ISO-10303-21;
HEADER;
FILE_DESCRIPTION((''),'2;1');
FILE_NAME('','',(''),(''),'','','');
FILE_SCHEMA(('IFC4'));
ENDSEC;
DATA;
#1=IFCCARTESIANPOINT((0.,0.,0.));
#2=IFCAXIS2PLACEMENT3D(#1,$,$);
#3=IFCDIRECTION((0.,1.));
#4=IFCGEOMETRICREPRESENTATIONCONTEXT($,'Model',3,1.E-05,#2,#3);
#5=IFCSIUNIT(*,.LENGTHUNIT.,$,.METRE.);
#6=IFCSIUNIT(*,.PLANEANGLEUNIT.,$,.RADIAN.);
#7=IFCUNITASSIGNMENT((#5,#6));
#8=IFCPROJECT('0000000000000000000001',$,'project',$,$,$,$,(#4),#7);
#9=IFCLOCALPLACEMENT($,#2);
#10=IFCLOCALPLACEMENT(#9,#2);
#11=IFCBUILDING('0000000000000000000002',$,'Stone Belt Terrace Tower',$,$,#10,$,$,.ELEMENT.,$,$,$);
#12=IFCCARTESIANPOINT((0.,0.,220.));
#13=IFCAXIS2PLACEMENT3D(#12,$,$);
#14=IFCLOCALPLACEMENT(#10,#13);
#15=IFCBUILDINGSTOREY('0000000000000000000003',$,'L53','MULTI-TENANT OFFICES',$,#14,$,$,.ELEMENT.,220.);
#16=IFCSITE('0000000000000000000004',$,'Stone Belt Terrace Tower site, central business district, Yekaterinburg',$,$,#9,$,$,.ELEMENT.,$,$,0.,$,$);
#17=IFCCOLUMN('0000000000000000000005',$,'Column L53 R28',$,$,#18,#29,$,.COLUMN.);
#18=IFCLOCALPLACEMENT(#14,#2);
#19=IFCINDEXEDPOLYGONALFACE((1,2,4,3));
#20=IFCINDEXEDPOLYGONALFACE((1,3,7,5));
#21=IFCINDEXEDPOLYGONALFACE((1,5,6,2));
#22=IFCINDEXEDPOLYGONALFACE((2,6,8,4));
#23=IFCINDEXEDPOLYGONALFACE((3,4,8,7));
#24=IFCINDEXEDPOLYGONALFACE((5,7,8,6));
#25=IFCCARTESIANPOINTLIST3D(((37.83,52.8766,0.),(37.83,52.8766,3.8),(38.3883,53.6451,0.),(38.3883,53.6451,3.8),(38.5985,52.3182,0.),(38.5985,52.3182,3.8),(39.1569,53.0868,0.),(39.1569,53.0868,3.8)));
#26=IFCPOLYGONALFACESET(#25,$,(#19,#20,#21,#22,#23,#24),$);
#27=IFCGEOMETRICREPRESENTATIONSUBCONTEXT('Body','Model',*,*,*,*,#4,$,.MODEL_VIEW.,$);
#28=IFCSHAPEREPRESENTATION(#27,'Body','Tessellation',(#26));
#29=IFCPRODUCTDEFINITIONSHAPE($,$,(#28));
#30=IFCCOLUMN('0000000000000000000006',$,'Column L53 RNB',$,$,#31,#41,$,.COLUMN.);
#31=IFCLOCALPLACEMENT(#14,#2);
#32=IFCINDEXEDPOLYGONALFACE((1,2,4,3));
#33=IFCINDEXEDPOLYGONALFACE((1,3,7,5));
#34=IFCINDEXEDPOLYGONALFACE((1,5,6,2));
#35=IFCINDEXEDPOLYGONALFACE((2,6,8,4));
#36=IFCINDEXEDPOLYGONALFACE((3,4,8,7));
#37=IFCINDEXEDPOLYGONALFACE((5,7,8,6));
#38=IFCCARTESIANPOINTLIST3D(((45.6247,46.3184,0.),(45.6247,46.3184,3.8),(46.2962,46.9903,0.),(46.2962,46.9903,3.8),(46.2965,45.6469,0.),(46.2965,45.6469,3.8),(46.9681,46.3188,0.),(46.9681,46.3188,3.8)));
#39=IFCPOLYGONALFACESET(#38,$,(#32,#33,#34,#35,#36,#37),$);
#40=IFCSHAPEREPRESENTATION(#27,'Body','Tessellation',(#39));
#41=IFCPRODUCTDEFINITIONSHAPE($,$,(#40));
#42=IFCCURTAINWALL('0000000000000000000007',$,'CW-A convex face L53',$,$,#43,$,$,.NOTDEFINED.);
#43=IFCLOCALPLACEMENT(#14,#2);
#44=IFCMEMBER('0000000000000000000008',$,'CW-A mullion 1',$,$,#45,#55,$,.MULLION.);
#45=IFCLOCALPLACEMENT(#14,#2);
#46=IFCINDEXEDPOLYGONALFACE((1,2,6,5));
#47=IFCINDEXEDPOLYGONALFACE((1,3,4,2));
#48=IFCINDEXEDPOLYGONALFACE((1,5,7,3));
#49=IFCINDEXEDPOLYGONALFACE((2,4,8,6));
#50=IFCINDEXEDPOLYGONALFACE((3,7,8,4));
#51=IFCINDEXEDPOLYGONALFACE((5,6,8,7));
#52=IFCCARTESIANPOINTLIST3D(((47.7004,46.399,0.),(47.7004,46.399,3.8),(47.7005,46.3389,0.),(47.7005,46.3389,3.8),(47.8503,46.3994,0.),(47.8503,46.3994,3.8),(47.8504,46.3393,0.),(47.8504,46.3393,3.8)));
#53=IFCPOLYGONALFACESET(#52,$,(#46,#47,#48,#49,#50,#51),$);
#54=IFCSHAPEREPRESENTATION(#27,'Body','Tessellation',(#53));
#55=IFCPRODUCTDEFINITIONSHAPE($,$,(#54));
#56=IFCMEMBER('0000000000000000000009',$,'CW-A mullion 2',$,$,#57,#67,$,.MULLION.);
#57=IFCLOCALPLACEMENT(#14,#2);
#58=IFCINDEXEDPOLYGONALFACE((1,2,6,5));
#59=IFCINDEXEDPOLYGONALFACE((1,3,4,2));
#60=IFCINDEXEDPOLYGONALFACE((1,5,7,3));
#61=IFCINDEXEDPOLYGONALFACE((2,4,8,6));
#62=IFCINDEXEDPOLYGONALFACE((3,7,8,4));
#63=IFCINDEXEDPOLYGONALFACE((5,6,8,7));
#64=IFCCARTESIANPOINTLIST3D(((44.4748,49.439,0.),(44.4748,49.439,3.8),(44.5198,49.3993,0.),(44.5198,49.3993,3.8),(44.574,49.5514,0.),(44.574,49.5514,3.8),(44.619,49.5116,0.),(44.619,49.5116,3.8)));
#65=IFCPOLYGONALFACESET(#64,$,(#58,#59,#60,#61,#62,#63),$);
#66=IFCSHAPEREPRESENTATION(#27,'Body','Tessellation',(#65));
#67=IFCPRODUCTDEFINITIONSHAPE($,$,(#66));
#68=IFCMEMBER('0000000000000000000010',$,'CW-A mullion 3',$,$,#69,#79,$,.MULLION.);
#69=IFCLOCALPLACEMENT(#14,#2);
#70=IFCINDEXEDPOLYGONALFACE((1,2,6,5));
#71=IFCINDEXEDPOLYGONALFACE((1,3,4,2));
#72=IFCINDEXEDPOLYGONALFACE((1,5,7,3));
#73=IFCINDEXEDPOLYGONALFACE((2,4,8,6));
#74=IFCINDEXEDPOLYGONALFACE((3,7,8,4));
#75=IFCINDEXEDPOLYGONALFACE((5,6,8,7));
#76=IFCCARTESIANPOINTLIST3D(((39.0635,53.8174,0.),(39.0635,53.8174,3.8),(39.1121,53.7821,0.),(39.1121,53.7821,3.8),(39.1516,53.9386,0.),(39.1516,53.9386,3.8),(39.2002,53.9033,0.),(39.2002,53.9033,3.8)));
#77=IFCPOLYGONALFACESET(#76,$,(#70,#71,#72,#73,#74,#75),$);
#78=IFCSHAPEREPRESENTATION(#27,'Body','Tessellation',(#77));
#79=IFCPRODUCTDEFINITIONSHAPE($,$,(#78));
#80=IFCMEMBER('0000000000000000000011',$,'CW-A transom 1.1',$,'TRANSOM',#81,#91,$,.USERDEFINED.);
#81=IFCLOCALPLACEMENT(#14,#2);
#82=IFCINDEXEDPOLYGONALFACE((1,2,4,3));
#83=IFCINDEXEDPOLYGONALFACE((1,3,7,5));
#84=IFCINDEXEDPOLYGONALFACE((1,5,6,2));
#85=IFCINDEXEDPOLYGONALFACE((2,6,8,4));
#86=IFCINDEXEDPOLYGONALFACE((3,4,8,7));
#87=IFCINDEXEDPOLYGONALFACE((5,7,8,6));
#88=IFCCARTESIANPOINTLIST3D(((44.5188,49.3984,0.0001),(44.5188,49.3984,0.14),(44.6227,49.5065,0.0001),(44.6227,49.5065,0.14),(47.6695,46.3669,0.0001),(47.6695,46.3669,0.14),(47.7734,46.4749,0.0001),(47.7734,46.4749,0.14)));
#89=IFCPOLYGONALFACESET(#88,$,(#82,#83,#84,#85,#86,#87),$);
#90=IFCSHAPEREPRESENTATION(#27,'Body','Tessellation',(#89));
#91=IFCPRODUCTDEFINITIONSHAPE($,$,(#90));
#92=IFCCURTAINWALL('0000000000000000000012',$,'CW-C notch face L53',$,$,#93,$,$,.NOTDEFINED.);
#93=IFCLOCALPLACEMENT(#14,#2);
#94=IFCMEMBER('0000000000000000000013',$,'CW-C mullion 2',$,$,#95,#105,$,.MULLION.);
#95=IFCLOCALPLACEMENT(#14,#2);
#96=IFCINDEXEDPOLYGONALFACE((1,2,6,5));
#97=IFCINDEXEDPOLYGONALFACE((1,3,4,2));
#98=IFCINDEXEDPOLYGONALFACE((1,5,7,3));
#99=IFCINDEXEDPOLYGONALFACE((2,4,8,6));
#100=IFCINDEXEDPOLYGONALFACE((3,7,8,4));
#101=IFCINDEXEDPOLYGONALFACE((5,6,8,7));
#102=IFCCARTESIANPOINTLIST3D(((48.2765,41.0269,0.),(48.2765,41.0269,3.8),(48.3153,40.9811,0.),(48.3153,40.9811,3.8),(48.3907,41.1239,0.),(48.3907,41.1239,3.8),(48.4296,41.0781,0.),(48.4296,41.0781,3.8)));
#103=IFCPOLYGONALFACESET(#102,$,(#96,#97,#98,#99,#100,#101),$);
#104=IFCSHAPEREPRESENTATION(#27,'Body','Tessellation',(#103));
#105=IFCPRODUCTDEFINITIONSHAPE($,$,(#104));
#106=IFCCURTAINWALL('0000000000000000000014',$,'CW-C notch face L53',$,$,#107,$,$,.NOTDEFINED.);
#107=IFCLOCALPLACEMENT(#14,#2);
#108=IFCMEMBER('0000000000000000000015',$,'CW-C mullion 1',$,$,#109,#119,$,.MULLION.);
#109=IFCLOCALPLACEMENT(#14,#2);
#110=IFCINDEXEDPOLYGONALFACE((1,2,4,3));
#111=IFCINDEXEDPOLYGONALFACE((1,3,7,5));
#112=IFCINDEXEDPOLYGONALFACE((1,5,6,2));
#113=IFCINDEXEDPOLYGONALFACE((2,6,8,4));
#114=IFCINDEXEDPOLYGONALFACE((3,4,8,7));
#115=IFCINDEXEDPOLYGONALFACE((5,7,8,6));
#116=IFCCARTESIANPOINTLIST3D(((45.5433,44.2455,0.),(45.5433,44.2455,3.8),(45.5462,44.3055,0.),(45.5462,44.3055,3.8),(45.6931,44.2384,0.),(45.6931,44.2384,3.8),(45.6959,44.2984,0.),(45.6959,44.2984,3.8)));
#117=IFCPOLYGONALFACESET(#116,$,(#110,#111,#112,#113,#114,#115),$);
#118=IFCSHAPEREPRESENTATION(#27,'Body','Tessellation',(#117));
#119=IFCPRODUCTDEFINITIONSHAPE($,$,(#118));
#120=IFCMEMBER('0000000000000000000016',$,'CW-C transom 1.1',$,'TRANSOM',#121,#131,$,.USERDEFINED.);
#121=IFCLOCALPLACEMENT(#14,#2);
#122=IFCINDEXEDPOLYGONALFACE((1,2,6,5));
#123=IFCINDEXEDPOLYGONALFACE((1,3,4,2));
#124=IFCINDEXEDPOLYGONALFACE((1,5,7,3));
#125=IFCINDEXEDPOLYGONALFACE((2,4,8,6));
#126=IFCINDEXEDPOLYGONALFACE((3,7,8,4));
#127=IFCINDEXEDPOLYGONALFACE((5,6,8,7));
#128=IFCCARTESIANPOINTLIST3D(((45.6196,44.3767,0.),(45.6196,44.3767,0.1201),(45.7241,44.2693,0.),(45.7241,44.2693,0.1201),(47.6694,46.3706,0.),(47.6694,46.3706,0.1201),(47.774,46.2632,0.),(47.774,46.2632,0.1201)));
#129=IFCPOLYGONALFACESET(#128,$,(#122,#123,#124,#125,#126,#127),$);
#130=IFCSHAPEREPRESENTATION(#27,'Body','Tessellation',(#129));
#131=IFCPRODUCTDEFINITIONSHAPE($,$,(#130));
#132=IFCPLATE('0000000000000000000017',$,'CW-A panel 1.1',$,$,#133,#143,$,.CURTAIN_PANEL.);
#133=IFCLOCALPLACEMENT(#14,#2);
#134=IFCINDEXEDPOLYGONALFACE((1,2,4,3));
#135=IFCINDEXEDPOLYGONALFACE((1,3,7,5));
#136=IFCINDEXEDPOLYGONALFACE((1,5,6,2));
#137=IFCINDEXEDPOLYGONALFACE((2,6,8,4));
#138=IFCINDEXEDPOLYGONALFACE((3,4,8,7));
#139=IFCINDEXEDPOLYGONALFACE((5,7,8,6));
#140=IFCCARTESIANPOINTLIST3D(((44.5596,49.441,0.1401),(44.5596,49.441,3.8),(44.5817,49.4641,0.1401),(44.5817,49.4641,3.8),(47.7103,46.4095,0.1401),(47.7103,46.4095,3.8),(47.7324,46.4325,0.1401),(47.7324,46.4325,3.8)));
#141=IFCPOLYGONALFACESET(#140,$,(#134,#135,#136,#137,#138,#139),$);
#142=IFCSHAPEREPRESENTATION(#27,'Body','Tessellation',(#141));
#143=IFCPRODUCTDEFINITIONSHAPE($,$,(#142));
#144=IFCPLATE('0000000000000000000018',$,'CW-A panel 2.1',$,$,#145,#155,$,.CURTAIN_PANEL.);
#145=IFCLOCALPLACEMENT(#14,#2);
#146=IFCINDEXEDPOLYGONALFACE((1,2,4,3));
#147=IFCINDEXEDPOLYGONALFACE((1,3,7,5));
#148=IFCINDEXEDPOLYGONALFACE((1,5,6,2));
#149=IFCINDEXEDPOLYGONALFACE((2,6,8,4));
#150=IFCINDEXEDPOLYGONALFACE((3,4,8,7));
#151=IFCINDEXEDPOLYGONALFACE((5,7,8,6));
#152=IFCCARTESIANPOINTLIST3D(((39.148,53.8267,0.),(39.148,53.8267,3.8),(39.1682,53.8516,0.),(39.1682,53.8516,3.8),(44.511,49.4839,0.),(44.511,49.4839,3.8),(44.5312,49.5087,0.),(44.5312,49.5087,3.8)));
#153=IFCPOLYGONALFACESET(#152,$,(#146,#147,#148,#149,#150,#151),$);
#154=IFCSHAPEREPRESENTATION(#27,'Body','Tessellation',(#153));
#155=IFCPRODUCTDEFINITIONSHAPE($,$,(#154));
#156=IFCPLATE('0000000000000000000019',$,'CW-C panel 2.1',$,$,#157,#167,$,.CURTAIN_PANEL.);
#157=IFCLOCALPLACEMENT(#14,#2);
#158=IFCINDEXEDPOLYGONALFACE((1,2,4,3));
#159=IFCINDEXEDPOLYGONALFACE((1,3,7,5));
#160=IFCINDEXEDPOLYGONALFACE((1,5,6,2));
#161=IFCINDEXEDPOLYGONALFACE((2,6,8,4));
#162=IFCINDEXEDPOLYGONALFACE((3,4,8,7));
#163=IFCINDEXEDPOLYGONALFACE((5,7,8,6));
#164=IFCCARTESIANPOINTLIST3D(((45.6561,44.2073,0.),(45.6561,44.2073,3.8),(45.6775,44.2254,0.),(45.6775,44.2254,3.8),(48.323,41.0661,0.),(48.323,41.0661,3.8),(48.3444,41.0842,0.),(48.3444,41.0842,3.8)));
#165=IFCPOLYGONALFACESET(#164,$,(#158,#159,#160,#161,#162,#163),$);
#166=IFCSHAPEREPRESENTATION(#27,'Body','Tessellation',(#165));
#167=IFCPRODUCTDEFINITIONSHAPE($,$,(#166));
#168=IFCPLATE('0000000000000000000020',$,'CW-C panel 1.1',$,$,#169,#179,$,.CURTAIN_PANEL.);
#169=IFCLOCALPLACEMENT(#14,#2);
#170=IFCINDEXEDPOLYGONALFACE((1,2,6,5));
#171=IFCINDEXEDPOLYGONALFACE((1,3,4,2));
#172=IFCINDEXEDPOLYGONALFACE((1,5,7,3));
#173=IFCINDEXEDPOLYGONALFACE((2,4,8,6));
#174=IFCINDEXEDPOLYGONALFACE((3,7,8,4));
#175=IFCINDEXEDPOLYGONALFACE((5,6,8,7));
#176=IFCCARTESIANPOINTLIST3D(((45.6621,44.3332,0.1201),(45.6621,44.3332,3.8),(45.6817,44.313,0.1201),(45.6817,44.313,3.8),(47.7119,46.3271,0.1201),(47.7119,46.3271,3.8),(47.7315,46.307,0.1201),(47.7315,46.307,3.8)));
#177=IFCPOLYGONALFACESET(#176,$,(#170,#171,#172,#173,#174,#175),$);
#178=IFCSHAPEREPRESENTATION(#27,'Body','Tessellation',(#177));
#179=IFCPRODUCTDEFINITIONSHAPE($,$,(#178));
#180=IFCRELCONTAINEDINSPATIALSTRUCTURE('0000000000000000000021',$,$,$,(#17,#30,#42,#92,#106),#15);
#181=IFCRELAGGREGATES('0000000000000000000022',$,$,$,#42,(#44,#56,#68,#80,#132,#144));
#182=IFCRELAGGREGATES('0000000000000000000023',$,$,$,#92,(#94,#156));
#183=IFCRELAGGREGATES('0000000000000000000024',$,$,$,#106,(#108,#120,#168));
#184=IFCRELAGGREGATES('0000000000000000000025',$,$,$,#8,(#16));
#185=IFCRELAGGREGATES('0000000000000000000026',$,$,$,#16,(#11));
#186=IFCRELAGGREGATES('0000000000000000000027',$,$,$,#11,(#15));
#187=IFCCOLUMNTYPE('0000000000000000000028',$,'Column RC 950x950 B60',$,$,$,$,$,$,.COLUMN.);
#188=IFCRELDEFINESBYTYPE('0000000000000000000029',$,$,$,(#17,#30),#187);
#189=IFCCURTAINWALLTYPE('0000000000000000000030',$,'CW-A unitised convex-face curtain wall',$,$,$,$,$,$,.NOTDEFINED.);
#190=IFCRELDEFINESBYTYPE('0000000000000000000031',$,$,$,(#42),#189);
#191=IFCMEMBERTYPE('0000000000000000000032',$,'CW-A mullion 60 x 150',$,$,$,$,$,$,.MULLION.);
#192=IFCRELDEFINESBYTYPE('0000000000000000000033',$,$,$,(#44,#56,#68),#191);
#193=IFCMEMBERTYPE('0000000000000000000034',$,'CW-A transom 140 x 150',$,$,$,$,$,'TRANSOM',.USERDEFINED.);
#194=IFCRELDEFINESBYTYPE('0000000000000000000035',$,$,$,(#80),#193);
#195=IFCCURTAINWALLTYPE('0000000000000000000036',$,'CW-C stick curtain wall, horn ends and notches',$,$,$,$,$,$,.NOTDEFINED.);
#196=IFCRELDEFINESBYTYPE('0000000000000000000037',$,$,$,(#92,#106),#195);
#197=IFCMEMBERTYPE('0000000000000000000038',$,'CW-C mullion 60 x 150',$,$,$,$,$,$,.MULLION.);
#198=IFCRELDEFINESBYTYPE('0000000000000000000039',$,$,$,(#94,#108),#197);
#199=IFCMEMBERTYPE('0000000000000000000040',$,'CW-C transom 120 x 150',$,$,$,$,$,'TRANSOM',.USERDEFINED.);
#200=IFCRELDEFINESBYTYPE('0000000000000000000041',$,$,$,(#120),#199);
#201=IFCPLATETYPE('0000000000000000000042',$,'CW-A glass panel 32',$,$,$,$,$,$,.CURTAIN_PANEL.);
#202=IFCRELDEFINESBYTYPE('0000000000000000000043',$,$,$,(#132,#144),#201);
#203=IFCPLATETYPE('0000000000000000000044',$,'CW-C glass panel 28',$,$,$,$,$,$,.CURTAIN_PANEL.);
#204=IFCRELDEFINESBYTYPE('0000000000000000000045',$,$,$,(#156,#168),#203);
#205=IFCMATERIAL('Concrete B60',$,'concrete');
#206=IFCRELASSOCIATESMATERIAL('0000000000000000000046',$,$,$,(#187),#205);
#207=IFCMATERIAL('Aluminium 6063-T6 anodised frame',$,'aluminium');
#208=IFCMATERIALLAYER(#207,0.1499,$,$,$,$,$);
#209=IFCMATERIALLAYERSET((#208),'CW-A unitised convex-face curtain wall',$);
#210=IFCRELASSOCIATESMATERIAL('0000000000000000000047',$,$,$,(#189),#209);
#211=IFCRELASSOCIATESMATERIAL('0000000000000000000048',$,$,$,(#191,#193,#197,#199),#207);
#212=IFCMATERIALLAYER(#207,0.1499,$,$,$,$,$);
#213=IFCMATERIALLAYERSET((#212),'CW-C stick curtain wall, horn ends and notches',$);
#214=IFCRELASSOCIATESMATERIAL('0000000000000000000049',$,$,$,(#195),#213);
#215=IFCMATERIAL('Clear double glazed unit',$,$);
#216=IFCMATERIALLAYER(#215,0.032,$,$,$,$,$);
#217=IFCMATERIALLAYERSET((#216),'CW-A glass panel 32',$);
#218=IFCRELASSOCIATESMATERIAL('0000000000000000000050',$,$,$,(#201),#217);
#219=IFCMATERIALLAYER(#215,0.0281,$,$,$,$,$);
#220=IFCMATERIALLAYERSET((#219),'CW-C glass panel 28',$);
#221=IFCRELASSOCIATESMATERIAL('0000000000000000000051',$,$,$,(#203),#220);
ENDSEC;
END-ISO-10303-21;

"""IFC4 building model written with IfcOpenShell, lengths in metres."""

from ifc_helpers import new_model, si_unit, direction, frame, origin, origin_2d, place, context, subcontext, project, spatial, rectangle, extrude, material, layer, layer_set, material_profile, profile_set, type_object, element, aggregate, save


model = new_model("IFC4")

# Units and contexts
model_context = context("Model", 3, precision=1e-05, world=origin(), true_north=direction((0.0, 1.0)))
body_context = subcontext(model_context, "Body", "Model", "MODEL_VIEW")
ifc_project = project(units=[si_unit("LENGTHUNIT", "METRE"), si_unit("PLANEANGLEUNIT", "RADIAN")], contexts=[model_context])

# Site, building, storey
site_placement = place(None, origin())
site = spatial("IfcSite", under=ifc_project, at=site_placement, Name="Stone Belt Terrace Tower site, central business district, Yekaterinburg", CompositionType="ELEMENT", RefElevation=0.0)
building_placement = place(site_placement, origin())
building = spatial("IfcBuilding", under=site, at=building_placement, Name="Stone Belt Terrace Tower", CompositionType="ELEMENT")
storey_placement = place(building_placement, frame((0.0, 0.0, 220.0)))
storey = spatial("IfcBuildingStorey", under=building, at=storey_placement, Name="L53", Description="MULTI-TENANT OFFICES", CompositionType="ELEMENT", Elevation=220.0)

# Columns
ifc_material_1 = material(Name="Concrete B60", Category="concrete")
ifc_material_profile_1 = material_profile(ifc_material_1, rectangle(XDim=0.95, YDim=0.95, at=origin_2d()), Name="RC 950x950")
ifc_profile_set_1 = profile_set([ifc_material_profile_1], Name="Concrete B60")
column_type = type_object("IfcColumnType", Name="Column RC 950x950 B60", PredefinedType="COLUMN", material=ifc_profile_set_1)
for number, where, z_axis, x_axis, name in (
    (1, (38.4934, 52.9817, 0.0), (0.0, 0.0, 1.0), (0.809017, -0.587785, 0.0), "Column L53 R28"),
    (2, (46.2964, 46.3186, 0.0), (0.0, 0.0, 1.0), (0.707276, -0.706938, 0.0), "Column L53 RNB"),
):
    element("IfcColumn", number, at=place(storey_placement, frame(where, z_axis=z_axis, x_axis=x_axis)), inside=storey, type_object=column_type, Name=name, PredefinedType="COLUMN", context=body_context, shape_type="SweptSolid", body=[
        extrude(rectangle(XDim=0.95, YDim=0.95, at=origin_2d()), origin(), (0.0, 0.0, 1.0), 3.8),
    ])

# Curtain wall, members
ifc_material_2 = material(Name="Aluminium 6063-T6 anodised frame", Category="aluminium")
ifc_layer_1 = layer(ifc_material_2, 0.1499)
ifc_layer_set_1 = layer_set([ifc_layer_1], Name="CW-A unitised convex-face curtain wall")
curtain_wall_type_1 = type_object("IfcCurtainWallType", Name="CW-A unitised convex-face curtain wall", PredefinedType="NOTDEFINED", material=ifc_layer_set_1)
curtain_wall_1_placement = place(storey_placement, origin())
curtain_wall_1 = element("IfcCurtainWall", 3, at=curtain_wall_1_placement, inside=storey, type_object=curtain_wall_type_1, Name="CW-A convex face L53", PredefinedType="NOTDEFINED")
ifc_material_profile_2 = material_profile(ifc_material_2, rectangle(XDim=0.1499, YDim=0.0601, at=origin_2d()), Name="Aluminium 6063-T6 60x150")
ifc_profile_set_2 = profile_set([ifc_material_profile_2], Name="Aluminium 6063-T6 anodised frame")
member_type_1 = type_object("IfcMemberType", Name="CW-A mullion 60 x 150", PredefinedType="MULLION", material=ifc_profile_set_2)
member_1_placement = place(storey_placement, frame((47.7754, 46.3691, 0.0), z_axis=(0.0, 0.0, 1.0), x_axis=(-0.999996, -0.002733, 0.0)))
member_1 = element("IfcMember", 4, at=member_1_placement, type_object=member_type_1, Name="CW-A mullion 1", PredefinedType="MULLION", context=body_context, shape_type="SweptSolid", body=[
    extrude(rectangle(XDim=0.1499, YDim=0.0601, at=origin_2d()), origin(), (0.0, 0.0, 1.0), 3.8),
])
member_2_placement = place(storey_placement, frame((44.5469, 49.4753, 0.0), z_axis=(0.0, 0.0, 1.0), x_axis=(-0.661937, -0.749559, 0.0)))
member_2 = element("IfcMember", 5, at=member_2_placement, type_object=member_type_1, Name="CW-A mullion 2", PredefinedType="MULLION", context=body_context, shape_type="SweptSolid", body=[
    extrude(rectangle(XDim=0.1499, YDim=0.0601, at=origin_2d()), origin(), (0.0, 0.0, 1.0), 3.8),
])
member_3_placement = place(storey_placement, frame((39.1318, 53.8604, 0.0), z_axis=(0.0, 0.0, 1.0), x_axis=(-0.587785, -0.809017, 0.0)))
member_3 = element("IfcMember", 6, at=member_3_placement, type_object=member_type_1, Name="CW-A mullion 3", PredefinedType="MULLION", context=body_context, shape_type="SweptSolid", body=[
    extrude(rectangle(XDim=0.1499, YDim=0.0601, at=origin_2d()), origin(), (0.0, 0.0, 1.0), 3.8),
])
ifc_material_profile_3 = material_profile(ifc_material_2, rectangle(XDim=0.1499, YDim=0.1399, at=origin_2d()), Name="Aluminium 6063-T6 150x140")
ifc_profile_set_3 = profile_set([ifc_material_profile_3], Name="Aluminium 6063-T6 anodised frame")
member_type_2 = type_object("IfcMemberType", Name="CW-A transom 140 x 150", ElementType="TRANSOM", PredefinedType="USERDEFINED", material=ifc_profile_set_3)
member_4_placement = place(storey_placement, frame((47.7214, 46.4209, 0.0701), z_axis=(-0.7206, 0.693351, 0.0), x_axis=(-0.693351, -0.7206, 0.0)))
member_4 = element("IfcMember", 7, at=member_4_placement, type_object=member_type_2, Name="CW-A transom 1.1", ObjectType="TRANSOM", PredefinedType="USERDEFINED", context=body_context, shape_type="SweptSolid", body=[
    extrude(rectangle(XDim=0.1499, YDim=0.1399, at=origin_2d()), origin(), (0.0, 0.0, 1.0), 4.3723),
])

# Curtain wall, member
ifc_layer_2 = layer(ifc_material_2, 0.1499)
ifc_layer_set_2 = layer_set([ifc_layer_2], Name="CW-C stick curtain wall, horn ends and notches")
curtain_wall_type_2 = type_object("IfcCurtainWallType", Name="CW-C stick curtain wall, horn ends and notches", PredefinedType="NOTDEFINED", material=ifc_layer_set_2)
curtain_wall_2_placement = place(storey_placement, origin())
curtain_wall_2 = element("IfcCurtainWall", 8, at=curtain_wall_2_placement, inside=storey, type_object=curtain_wall_type_2, Name="CW-C notch face L53", PredefinedType="NOTDEFINED")
ifc_material_profile_4 = material_profile(ifc_material_2, rectangle(XDim=0.1499, YDim=0.0601, at=origin_2d()), Name="Aluminium 6063-T6 60x150")
ifc_profile_set_4 = profile_set([ifc_material_profile_4], Name="Aluminium 6063-T6 anodised frame")
member_type_3 = type_object("IfcMemberType", Name="CW-C mullion 60 x 150", PredefinedType="MULLION", material=ifc_profile_set_4)
member_5_placement = place(storey_placement, frame((48.353, 41.0525, 0.0), z_axis=(0.0, 0.0, 1.0), x_axis=(-0.762311, -0.647211, 0.0)))
member_5 = element("IfcMember", 9, at=member_5_placement, type_object=member_type_3, Name="CW-C mullion 2", PredefinedType="MULLION", context=body_context, shape_type="SweptSolid", body=[
    extrude(rectangle(XDim=0.1499, YDim=0.0601, at=origin_2d()), origin(), (0.0, 0.0, 1.0), 3.8),
])

# Curtain wall, members
curtain_wall_3_placement = place(storey_placement, origin())
curtain_wall_3 = element("IfcCurtainWall", 10, at=curtain_wall_3_placement, inside=storey, type_object=curtain_wall_type_2, Name="CW-C notch face L53", PredefinedType="NOTDEFINED")
member_6_placement = place(storey_placement, frame((45.6196, 44.272, 0.0), z_axis=(0.0, 0.0, 1.0), x_axis=(-0.998865, 0.047626, 0.0)))
member_6 = element("IfcMember", 11, at=member_6_placement, type_object=member_type_3, Name="CW-C mullion 1", PredefinedType="MULLION", context=body_context, shape_type="SweptSolid", body=[
    extrude(rectangle(XDim=0.1499, YDim=0.0601, at=origin_2d()), origin(), (0.0, 0.0, 1.0), 3.8),
])
ifc_material_profile_5 = material_profile(ifc_material_2, rectangle(XDim=0.1499, YDim=0.1201, at=origin_2d()), Name="Aluminium 6063-T6 150x120")
ifc_profile_set_5 = profile_set([ifc_material_profile_5], Name="Aluminium 6063-T6 anodised frame")
member_type_4 = type_object("IfcMemberType", Name="CW-C transom 120 x 150", ElementType="TRANSOM", PredefinedType="USERDEFINED", material=ifc_profile_set_5)
member_7_placement = place(storey_placement, frame((45.6719, 44.323, 0.0601), z_axis=(0.716815, 0.697264, 0.0), x_axis=(-0.697264, 0.716815, 0.0)))
member_7 = element("IfcMember", 12, at=member_7_placement, type_object=member_type_4, Name="CW-C transom 1.1", ObjectType="TRANSOM", PredefinedType="USERDEFINED", context=body_context, shape_type="SweptSolid", body=[
    extrude(rectangle(XDim=0.1499, YDim=0.1201, at=origin_2d()), origin(), (0.0, 0.0, 1.0), 2.8596),
])

# Plates
ifc_material_3 = material(Name="Clear double glazed unit")
ifc_layer_3 = layer(ifc_material_3, 0.032)
ifc_layer_set_3 = layer_set([ifc_layer_3], Name="CW-A glass panel 32")
plate_type_1 = type_object("IfcPlateType", Name="CW-A glass panel 32", PredefinedType="CURTAIN_PANEL", material=ifc_layer_set_3)
plate_1_placement = place(storey_placement, frame((46.146, 47.9368, 0.1401), z_axis=(0.0, 0.0, 1.0), x_axis=(-0.720604, 0.693346, 0.0)))
plate_1 = element("IfcPlate", 13, at=plate_1_placement, type_object=plate_type_1, Name="CW-A panel 1.1", PredefinedType="CURTAIN_PANEL", context=body_context, shape_type="SweptSolid", body=[
    extrude(rectangle(XDim=4.3723, YDim=0.032, at=origin_2d()), origin(), (0.0, 0.0, 1.0), 3.6599),
])
plate_2_placement = place(storey_placement, frame((41.8396, 51.6677, 0.0), z_axis=(0.0, 0.0, 1.0), x_axis=(-0.777146, 0.62932, 0.0)))
plate_2 = element("IfcPlate", 14, at=plate_2_placement, type_object=plate_type_1, Name="CW-A panel 2.1", PredefinedType="CURTAIN_PANEL", context=body_context, shape_type="SweptSolid", body=[
    extrude(rectangle(XDim=6.9009, YDim=0.032, at=origin_2d()), origin(), (0.0, 0.0, 1.0), 3.8),
])
aggregate(curtain_wall_1, [member_1, member_2, member_3, member_4, plate_1, plate_2])
ifc_layer_4 = layer(ifc_material_3, 0.0281)
ifc_layer_set_4 = layer_set([ifc_layer_4], Name="CW-C glass panel 28")
plate_type_2 = type_object("IfcPlateType", Name="CW-C glass panel 28", PredefinedType="CURTAIN_PANEL", material=ifc_layer_set_4)
plate_3_placement = place(storey_placement, frame((47.0002, 42.6458, 0.0), z_axis=(0.0, 0.0, 1.0), x_axis=(-0.647211, 0.762311, 0.0)))
plate_3 = element("IfcPlate", 15, at=plate_3_placement, type_object=plate_type_2, Name="CW-C panel 2.1", PredefinedType="CURTAIN_PANEL", context=body_context, shape_type="SweptSolid", body=[
    extrude(rectangle(XDim=4.1206, YDim=0.0281, at=origin_2d()), origin(), (0.0, 0.0, 1.0), 3.8),
])
aggregate(curtain_wall_2, [member_5, plate_3])
plate_4_placement = place(storey_placement, frame((46.6968, 45.3201, 0.1201), z_axis=(0.0, 0.0, 1.0), x_axis=(0.716803, 0.697275, 0.0)))
plate_4 = element("IfcPlate", 16, at=plate_4_placement, type_object=plate_type_2, Name="CW-C panel 1.1", PredefinedType="CURTAIN_PANEL", context=body_context, shape_type="SweptSolid", body=[
    extrude(rectangle(XDim=2.8596, YDim=0.0281, at=origin_2d()), origin(), (0.0, 0.0, 1.0), 3.6799),
])
aggregate(curtain_wall_3, [member_6, member_7, plate_4])

save(model, "model.ifc")
